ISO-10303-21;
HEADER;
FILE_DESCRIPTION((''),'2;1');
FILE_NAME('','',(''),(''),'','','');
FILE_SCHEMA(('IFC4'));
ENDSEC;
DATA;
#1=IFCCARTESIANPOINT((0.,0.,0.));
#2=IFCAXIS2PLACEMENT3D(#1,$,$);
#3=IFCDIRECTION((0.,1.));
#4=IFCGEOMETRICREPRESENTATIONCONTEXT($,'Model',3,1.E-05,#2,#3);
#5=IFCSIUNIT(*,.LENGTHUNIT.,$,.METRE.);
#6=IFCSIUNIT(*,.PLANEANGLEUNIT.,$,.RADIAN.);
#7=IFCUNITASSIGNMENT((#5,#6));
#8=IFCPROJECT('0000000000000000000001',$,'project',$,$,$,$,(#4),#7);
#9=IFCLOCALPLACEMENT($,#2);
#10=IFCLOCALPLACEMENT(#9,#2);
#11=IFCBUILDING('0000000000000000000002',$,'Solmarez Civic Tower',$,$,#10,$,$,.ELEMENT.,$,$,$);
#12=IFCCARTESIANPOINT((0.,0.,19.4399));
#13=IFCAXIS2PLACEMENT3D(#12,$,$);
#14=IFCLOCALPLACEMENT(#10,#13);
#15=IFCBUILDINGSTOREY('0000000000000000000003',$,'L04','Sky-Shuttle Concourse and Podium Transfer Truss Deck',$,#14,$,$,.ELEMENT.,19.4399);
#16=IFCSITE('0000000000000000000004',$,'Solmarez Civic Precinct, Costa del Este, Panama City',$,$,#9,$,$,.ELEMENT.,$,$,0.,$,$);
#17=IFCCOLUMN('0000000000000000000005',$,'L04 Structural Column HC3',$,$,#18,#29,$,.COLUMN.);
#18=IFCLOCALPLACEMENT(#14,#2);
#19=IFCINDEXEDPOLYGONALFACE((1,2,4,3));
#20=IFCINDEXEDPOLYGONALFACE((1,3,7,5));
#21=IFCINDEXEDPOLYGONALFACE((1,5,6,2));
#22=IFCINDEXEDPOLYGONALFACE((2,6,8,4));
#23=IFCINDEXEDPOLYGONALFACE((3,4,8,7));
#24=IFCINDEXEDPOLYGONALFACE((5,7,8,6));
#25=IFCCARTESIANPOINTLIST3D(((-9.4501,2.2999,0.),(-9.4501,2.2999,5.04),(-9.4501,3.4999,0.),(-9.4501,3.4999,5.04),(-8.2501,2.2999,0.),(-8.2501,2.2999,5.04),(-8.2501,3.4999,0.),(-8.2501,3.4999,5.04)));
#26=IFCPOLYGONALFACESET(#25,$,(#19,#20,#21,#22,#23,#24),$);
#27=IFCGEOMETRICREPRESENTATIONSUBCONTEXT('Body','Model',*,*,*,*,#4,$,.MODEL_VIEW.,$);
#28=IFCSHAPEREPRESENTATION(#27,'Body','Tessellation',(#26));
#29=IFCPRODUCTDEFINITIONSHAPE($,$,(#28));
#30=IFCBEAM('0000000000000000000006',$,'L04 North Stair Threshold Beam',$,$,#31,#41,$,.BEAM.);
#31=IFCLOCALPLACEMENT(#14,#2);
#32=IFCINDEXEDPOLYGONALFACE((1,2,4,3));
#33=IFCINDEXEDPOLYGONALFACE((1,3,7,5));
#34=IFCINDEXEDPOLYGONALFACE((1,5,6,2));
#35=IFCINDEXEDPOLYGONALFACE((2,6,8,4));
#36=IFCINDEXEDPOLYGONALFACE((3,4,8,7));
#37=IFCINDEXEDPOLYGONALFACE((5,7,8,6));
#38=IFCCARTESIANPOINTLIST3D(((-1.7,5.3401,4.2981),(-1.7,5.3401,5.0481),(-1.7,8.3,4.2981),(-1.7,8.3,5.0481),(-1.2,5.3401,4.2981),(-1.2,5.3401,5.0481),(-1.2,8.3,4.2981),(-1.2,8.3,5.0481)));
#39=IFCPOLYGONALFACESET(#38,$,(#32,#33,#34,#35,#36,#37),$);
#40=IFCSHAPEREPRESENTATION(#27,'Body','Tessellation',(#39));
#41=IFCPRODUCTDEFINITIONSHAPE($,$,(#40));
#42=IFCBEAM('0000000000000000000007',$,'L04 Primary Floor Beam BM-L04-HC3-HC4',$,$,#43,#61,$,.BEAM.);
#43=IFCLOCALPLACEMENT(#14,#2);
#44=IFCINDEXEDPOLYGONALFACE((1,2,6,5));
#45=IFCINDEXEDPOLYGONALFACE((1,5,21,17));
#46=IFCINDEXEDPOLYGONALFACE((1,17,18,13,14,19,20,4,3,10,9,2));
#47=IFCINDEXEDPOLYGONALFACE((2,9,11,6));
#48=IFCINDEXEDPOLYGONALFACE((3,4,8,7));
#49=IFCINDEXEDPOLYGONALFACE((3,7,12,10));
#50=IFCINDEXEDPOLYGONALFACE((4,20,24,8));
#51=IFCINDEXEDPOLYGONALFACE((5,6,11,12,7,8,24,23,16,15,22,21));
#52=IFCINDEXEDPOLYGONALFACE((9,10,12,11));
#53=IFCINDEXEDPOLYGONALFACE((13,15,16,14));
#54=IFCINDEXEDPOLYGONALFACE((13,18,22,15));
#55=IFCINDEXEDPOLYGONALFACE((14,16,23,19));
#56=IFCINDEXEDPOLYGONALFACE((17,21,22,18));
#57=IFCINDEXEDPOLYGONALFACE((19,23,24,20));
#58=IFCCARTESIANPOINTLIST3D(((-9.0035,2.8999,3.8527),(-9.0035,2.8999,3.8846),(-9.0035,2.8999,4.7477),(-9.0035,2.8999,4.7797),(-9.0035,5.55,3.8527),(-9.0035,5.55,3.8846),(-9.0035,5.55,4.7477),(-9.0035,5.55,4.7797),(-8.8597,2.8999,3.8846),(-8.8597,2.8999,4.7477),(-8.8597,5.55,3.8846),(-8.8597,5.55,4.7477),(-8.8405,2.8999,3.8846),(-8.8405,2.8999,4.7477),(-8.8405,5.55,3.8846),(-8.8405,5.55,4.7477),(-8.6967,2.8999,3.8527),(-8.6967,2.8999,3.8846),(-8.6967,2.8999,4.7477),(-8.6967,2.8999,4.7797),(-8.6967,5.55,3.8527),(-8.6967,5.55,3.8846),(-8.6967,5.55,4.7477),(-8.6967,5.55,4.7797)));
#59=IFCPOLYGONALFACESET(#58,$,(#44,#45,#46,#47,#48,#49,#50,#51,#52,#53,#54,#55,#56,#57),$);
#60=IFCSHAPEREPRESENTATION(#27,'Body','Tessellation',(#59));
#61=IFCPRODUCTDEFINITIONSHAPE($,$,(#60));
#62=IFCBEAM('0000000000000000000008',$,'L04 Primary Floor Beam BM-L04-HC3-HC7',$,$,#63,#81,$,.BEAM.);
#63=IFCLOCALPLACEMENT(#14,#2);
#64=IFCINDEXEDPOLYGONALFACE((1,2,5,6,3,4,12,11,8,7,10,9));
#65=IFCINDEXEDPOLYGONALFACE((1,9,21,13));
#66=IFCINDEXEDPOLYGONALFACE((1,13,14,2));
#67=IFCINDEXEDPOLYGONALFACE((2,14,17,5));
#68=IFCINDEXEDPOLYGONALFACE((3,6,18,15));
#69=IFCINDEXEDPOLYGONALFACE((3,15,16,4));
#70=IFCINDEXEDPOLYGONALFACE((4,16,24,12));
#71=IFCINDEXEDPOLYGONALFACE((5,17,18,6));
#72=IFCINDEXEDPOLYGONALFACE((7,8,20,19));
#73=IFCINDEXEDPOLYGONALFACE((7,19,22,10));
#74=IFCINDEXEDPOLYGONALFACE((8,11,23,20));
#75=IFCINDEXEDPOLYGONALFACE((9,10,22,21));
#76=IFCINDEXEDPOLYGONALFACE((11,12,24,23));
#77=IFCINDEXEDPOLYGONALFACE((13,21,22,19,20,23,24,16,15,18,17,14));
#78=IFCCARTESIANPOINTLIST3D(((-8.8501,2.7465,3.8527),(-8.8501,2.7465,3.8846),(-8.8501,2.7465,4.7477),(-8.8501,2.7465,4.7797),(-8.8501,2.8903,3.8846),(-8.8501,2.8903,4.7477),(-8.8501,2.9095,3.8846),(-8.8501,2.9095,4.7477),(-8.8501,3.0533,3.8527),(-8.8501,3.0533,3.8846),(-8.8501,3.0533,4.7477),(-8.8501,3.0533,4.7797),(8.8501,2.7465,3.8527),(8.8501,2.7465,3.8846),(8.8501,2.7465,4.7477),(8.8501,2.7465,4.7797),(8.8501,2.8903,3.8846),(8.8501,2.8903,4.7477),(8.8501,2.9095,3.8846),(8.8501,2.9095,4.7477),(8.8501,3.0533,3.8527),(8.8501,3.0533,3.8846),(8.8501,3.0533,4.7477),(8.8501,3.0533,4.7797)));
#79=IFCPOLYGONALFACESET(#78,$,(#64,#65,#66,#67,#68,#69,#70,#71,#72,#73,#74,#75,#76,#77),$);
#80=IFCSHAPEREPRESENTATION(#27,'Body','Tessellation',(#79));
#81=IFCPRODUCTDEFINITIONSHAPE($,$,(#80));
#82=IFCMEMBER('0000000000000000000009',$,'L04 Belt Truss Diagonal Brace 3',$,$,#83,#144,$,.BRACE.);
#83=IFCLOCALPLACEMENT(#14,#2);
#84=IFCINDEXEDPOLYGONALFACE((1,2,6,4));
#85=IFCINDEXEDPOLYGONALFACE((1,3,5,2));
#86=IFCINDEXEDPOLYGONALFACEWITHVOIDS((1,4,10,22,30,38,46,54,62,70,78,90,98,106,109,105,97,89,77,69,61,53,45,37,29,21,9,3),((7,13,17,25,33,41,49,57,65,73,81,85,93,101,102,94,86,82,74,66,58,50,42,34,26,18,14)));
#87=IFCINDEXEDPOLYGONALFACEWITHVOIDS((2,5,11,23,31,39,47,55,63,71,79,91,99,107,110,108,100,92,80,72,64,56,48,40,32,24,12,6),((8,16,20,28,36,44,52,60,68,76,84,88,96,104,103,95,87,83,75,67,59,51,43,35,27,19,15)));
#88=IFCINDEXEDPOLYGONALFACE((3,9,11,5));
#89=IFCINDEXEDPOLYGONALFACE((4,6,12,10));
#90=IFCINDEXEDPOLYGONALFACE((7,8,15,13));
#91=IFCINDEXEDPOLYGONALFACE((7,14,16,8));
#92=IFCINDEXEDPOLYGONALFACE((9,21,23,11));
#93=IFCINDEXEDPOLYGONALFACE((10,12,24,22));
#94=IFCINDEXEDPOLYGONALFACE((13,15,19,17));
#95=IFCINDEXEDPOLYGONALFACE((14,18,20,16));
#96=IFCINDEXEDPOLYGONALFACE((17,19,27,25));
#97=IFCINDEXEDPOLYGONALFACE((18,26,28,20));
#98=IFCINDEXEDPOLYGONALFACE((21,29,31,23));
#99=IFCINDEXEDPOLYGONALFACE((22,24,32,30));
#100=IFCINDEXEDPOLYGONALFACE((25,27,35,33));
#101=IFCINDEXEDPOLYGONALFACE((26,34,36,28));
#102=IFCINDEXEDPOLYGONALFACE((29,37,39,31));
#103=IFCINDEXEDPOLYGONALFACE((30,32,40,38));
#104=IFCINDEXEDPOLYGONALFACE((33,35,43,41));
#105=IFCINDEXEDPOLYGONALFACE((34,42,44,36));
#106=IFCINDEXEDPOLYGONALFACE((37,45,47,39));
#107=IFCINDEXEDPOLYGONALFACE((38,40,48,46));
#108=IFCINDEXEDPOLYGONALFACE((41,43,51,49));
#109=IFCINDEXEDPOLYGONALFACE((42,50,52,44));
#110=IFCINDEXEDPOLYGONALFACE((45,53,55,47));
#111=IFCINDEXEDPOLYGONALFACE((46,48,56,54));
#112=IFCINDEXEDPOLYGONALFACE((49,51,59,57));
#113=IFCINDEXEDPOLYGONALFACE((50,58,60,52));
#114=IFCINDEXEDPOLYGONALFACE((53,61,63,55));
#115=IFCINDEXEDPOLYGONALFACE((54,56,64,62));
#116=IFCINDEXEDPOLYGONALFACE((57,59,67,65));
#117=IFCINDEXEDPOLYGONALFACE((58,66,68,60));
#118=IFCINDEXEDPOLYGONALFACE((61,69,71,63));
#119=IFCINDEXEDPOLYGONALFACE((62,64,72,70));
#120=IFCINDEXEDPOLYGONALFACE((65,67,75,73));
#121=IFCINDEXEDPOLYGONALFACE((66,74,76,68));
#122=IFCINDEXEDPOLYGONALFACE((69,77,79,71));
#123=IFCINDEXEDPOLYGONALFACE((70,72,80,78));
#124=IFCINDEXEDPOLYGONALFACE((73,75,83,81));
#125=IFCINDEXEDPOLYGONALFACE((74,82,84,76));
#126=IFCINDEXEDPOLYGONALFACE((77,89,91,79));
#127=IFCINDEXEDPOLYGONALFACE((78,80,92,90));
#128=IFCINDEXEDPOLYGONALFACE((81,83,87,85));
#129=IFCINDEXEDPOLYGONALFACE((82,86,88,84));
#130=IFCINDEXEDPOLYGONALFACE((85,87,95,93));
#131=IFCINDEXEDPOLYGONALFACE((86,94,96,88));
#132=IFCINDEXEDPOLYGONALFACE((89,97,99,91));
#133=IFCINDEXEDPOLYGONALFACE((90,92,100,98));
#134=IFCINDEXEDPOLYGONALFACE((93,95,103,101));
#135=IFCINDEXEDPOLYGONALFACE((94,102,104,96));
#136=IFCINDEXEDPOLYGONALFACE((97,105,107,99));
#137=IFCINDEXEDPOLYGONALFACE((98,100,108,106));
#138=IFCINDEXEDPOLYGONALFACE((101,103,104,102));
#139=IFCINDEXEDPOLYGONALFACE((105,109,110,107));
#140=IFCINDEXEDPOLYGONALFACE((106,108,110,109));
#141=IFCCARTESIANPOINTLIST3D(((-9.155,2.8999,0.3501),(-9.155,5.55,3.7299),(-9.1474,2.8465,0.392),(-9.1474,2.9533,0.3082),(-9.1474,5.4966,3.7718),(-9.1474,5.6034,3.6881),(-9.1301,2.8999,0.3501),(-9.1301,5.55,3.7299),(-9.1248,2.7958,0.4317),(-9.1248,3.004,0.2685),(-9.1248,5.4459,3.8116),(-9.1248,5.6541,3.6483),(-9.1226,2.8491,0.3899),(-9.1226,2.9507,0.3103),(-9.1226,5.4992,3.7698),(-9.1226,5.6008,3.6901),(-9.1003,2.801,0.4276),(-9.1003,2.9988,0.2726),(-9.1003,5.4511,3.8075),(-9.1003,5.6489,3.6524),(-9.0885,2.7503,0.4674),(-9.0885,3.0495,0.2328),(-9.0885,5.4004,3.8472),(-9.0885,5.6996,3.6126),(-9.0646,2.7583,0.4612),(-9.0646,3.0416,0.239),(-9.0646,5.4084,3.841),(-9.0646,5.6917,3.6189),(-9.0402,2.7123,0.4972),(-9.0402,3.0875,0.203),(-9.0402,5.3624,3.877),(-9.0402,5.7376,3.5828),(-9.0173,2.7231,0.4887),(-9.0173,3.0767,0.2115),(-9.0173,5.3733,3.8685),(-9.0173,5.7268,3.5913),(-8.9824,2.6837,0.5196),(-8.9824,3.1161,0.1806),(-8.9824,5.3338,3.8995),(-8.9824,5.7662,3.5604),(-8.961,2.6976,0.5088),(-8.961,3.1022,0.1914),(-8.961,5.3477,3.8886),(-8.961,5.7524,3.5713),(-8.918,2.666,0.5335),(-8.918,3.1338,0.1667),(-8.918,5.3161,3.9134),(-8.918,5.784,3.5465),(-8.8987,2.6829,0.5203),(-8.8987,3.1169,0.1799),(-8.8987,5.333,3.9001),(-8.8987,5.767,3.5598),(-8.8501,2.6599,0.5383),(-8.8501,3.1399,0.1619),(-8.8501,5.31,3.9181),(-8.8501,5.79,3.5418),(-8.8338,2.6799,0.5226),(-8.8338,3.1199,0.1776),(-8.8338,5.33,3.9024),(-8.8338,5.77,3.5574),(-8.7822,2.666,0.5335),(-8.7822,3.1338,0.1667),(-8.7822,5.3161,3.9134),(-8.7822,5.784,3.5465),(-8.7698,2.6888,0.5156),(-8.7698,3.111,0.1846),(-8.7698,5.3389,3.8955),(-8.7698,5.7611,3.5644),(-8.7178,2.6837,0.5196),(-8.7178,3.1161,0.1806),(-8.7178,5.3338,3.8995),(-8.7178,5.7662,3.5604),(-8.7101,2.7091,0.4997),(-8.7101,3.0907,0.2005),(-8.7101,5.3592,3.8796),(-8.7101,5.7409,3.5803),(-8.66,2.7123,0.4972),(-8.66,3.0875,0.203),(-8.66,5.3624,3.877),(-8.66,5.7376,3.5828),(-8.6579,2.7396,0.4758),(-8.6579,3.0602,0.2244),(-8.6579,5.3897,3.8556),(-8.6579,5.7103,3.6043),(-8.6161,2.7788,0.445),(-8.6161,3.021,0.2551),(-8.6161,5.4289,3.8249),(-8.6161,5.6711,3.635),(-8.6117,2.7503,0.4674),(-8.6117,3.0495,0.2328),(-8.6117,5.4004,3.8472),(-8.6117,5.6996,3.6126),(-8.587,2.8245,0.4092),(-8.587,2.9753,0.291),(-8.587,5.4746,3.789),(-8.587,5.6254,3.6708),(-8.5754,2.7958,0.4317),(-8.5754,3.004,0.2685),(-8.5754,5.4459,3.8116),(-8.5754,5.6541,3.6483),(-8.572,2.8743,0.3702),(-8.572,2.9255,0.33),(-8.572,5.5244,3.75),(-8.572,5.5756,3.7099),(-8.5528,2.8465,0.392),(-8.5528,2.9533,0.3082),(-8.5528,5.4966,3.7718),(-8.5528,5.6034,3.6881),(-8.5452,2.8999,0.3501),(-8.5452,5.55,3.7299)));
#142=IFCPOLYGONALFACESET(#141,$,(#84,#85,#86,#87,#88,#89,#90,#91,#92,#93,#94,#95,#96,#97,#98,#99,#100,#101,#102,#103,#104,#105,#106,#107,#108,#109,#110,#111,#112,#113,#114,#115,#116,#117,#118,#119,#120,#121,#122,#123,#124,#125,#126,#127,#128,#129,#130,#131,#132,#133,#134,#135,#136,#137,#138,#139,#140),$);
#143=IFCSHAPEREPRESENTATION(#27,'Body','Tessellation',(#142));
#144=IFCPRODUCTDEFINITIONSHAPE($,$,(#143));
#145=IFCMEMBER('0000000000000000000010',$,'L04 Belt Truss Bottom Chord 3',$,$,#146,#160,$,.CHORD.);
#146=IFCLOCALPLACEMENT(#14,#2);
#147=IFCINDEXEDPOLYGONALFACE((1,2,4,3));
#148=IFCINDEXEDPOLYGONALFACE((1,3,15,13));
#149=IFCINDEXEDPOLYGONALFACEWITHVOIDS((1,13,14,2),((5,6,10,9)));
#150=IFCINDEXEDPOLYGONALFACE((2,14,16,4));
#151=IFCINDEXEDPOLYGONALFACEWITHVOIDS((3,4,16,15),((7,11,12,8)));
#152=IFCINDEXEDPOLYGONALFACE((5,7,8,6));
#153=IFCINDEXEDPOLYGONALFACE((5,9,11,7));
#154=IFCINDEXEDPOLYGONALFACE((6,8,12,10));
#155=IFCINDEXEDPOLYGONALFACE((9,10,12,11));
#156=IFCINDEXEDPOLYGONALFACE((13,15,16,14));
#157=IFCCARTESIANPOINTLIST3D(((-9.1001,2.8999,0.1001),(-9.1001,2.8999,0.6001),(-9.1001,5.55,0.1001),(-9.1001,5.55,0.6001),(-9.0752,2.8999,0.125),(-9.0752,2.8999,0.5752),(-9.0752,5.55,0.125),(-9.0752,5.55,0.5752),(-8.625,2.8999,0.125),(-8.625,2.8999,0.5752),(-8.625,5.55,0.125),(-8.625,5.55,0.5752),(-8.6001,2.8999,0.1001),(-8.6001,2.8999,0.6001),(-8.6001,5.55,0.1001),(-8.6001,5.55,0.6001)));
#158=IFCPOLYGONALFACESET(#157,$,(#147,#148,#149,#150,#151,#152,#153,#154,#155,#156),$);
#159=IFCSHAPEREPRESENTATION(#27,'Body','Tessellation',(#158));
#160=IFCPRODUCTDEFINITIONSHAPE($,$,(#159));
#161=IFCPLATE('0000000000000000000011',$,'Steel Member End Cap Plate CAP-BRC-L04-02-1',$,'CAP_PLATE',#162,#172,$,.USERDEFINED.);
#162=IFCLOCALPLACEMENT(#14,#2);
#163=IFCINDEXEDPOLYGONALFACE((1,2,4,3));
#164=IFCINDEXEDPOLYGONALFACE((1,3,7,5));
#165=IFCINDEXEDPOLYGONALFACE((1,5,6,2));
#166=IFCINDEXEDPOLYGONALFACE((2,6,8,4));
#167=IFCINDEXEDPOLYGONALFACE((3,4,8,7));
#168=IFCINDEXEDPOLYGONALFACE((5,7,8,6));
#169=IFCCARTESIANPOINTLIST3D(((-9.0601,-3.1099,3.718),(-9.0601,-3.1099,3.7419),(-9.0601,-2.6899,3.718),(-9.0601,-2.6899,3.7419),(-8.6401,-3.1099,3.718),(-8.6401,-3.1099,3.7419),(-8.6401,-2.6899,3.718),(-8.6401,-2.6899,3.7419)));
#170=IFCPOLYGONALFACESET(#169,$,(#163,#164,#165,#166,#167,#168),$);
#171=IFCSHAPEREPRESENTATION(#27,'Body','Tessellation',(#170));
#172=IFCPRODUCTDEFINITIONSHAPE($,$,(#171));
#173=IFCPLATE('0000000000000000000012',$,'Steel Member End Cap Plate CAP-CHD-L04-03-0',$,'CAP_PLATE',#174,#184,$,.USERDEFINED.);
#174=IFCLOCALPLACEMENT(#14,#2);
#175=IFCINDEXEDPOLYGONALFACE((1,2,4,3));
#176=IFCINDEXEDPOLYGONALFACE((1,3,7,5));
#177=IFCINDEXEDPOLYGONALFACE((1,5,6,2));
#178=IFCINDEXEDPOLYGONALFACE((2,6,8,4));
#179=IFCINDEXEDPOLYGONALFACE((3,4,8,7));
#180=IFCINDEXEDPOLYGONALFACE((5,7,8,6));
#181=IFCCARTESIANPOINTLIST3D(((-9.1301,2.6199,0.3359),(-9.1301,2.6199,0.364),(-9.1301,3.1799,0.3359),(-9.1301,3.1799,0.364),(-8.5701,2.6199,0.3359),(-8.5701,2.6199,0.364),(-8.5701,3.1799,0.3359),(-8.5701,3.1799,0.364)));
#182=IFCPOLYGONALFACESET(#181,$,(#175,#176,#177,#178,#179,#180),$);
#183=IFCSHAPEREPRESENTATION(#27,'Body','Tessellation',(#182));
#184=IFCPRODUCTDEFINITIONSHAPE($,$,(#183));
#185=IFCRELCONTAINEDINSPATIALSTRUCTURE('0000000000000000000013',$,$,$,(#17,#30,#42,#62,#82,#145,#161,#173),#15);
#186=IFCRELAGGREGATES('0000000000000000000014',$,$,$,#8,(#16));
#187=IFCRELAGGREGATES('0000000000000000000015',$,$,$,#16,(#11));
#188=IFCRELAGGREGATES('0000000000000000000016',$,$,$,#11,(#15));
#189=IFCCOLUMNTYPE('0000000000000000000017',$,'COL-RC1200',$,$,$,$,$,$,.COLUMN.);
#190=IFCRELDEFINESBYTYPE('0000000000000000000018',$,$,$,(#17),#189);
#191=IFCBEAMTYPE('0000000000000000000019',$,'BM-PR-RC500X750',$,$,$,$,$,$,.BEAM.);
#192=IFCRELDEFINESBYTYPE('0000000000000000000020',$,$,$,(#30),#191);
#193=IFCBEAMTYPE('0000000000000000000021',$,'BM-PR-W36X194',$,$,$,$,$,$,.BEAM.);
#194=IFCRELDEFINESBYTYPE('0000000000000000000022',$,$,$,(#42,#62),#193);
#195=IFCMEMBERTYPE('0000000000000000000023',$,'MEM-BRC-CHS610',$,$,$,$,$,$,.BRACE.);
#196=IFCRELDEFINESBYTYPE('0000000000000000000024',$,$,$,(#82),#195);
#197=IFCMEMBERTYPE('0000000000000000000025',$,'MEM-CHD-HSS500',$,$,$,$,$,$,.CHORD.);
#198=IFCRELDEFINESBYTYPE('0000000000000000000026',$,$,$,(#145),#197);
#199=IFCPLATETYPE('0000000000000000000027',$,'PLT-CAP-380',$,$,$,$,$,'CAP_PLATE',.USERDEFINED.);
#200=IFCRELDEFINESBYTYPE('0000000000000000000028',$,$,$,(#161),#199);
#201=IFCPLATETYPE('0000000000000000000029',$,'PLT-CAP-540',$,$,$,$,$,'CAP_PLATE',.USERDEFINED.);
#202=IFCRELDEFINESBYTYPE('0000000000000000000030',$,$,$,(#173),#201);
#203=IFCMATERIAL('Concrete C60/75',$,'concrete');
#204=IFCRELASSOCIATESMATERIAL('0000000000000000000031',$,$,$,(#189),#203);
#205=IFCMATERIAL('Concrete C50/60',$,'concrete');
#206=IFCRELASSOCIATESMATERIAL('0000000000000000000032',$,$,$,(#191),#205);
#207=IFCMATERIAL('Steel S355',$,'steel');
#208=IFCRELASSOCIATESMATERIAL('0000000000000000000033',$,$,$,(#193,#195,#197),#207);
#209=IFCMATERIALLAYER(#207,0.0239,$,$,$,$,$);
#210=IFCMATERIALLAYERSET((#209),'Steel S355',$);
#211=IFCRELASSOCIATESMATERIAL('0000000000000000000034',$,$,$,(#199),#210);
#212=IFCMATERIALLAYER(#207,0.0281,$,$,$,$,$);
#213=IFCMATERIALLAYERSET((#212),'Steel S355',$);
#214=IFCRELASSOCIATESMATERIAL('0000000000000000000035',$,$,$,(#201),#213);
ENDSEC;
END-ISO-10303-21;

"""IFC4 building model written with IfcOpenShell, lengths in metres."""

from ifc_helpers import new_model, si_unit, direction, frame, origin, origin_2d, place, context, subcontext, project, spatial, rectangle, hollow_rectangle, hollow_circle, i_section, extrude, material, layer, layer_set, material_profile, profile_set, type_object, element, save


model = new_model("IFC4")

# Units and contexts
model_context = context("Model", 3, precision=1e-05, world=origin(), true_north=direction((0.0, 1.0)))
body_context = subcontext(model_context, "Body", "Model", "MODEL_VIEW")
ifc_project = project(units=[si_unit("LENGTHUNIT", "METRE"), si_unit("PLANEANGLEUNIT", "RADIAN")], contexts=[model_context])

# Site, building, storey
site_placement = place(None, origin())
site = spatial("IfcSite", under=ifc_project, at=site_placement, Name="Solmarez Civic Precinct, Costa del Este, Panama City", CompositionType="ELEMENT", RefElevation=0.0)
building_placement = place(site_placement, origin())
building = spatial("IfcBuilding", under=site, at=building_placement, Name="Solmarez Civic Tower", CompositionType="ELEMENT")
storey_placement = place(building_placement, frame((0.0, 0.0, 19.4399)))
storey = spatial("IfcBuildingStorey", under=building, at=storey_placement, Name="L04", Description="Sky-Shuttle Concourse and Podium Transfer Truss Deck", CompositionType="ELEMENT", Elevation=19.4399)

# Column
ifc_material_1 = material(Name="Concrete C60/75", Category="concrete")
ifc_material_profile_1 = material_profile(ifc_material_1, rectangle(XDim=1.2, YDim=1.2, at=origin_2d()), Name="RC1200X1200")
ifc_profile_set_1 = profile_set([ifc_material_profile_1], Name="Concrete C60/75")
column_type = type_object("IfcColumnType", Name="COL-RC1200", PredefinedType="COLUMN", material=ifc_profile_set_1)
column_placement = place(storey_placement, frame((-8.8501, 2.8999, 0.0), z_axis=(0.0, 0.0, 1.0), x_axis=(1.0, 0.0, 0.0)))
element("IfcColumn", 1, at=column_placement, inside=storey, type_object=column_type, Name="L04 Structural Column HC3", PredefinedType="COLUMN", context=body_context, shape_type="SweptSolid", body=[
    extrude(rectangle(XDim=1.2, YDim=1.2, at=origin_2d()), origin(), (0.0, 0.0, 1.0), 5.04),
])

# Beams
ifc_material_2 = material(Name="Concrete C50/60", Category="concrete")
ifc_material_profile_2 = material_profile(ifc_material_2, rectangle(XDim=0.5, YDim=0.75, at=origin_2d()), Name="RC500X750")
ifc_profile_set_2 = profile_set([ifc_material_profile_2], Name="Concrete C50/60")
beam_type_1 = type_object("IfcBeamType", Name="BM-PR-RC500X750", PredefinedType="BEAM", material=ifc_profile_set_2)
beam_1_placement = place(storey_placement, frame((-1.45, 5.3401, 4.6731), z_axis=(0.0, 1.0, 0.0), x_axis=(-1.0, 0.0, 0.0)))
element("IfcBeam", 2, at=beam_1_placement, inside=storey, type_object=beam_type_1, Name="L04 North Stair Threshold Beam", PredefinedType="BEAM", context=body_context, shape_type="SweptSolid", body=[
    extrude(rectangle(XDim=0.5, YDim=0.75, at=origin_2d()), origin(), (0.0, 0.0, 1.0), 2.96),
])
ifc_material_3 = material(Name="Steel S355", Category="steel")
ifc_material_profile_3 = material_profile(ifc_material_3, i_section(OverallWidth=0.3069, OverallDepth=0.927, WebThickness=0.0193, FlangeThickness=0.032, at=origin_2d()), Name="W36X194")
ifc_profile_set_3 = profile_set([ifc_material_profile_3], Name="Steel S355")
beam_type_2 = type_object("IfcBeamType", Name="BM-PR-W36X194", PredefinedType="BEAM", material=ifc_profile_set_3)
beam_2_placement = place(storey_placement, frame((-8.8501, 2.8999, 4.3162), z_axis=(0.0, 1.0, 0.0), x_axis=(-1.0, 0.0, 0.0)))
element("IfcBeam", 3, at=beam_2_placement, inside=storey, type_object=beam_type_2, Name="L04 Primary Floor Beam BM-L04-HC3-HC4", PredefinedType="BEAM", context=body_context, shape_type="SweptSolid", body=[
    extrude(i_section(OverallWidth=0.3069, OverallDepth=0.927, WebThickness=0.0193, FlangeThickness=0.032, at=origin_2d()), origin(), (0.0, 0.0, 1.0), 2.6501),
])
beam_3_placement = place(storey_placement, frame((-8.8501, 2.8999, 4.3162), z_axis=(1.0, 0.0, 0.0), x_axis=(0.0, 1.0, 0.0)))
element("IfcBeam", 4, at=beam_3_placement, inside=storey, type_object=beam_type_2, Name="L04 Primary Floor Beam BM-L04-HC3-HC7", PredefinedType="BEAM", context=body_context, shape_type="SweptSolid", body=[
    extrude(i_section(OverallWidth=0.3069, OverallDepth=0.927, WebThickness=0.0193, FlangeThickness=0.032, at=origin_2d()), origin(), (0.0, 0.0, 1.0), 17.7002),
])

# Members
ifc_material_profile_4 = material_profile(ifc_material_3, hollow_circle(Radius=0.3049, WallThickness=0.0249, at=origin_2d()), Name="CHS610X25")
ifc_profile_set_4 = profile_set([ifc_material_profile_4], Name="Steel S355")
member_type_1 = type_object("IfcMemberType", Name="MEM-BRC-CHS610", PredefinedType="BRACE", material=ifc_profile_set_4)
member_1_placement = place(storey_placement, frame((-8.8501, 2.8999, 0.3501), z_axis=(0.0, 0.617033, 0.786937), x_axis=(-1.0, 0.0, 0.0)))
element("IfcMember", 5, at=member_1_placement, inside=storey, type_object=member_type_1, Name="L04 Belt Truss Diagonal Brace 3", PredefinedType="BRACE", context=body_context, shape_type="SweptSolid", body=[
    extrude(hollow_circle(Radius=0.3049, WallThickness=0.0249, at=origin_2d()), origin(), (0.0, 0.0, 1.0), 4.2949),
])
ifc_material_profile_5 = material_profile(ifc_material_3, hollow_rectangle(XDim=0.5, YDim=0.5, WallThickness=0.0249, at=origin_2d()), Name="HSS500X500X25")
ifc_profile_set_5 = profile_set([ifc_material_profile_5], Name="Steel S355")
member_type_2 = type_object("IfcMemberType", Name="MEM-CHD-HSS500", PredefinedType="CHORD", material=ifc_profile_set_5)
member_2_placement = place(storey_placement, frame((-8.8501, 2.8999, 0.3501), z_axis=(0.0, 1.0, 0.0), x_axis=(-1.0, 0.0, 0.0)))
element("IfcMember", 6, at=member_2_placement, inside=storey, type_object=member_type_2, Name="L04 Belt Truss Bottom Chord 3", PredefinedType="CHORD", context=body_context, shape_type="SweptSolid", body=[
    extrude(hollow_rectangle(XDim=0.5, YDim=0.5, WallThickness=0.0249, at=origin_2d()), origin(), (0.0, 0.0, 1.0), 2.6501),
])

# Plates
ifc_layer_1 = layer(ifc_material_3, 0.0239)
ifc_layer_set_1 = layer_set([ifc_layer_1], Name="Steel S355")
plate_type_1 = type_object("IfcPlateType", Name="PLT-CAP-380", ElementType="CAP_PLATE", PredefinedType="USERDEFINED", material=ifc_layer_set_1)
plate_1_placement = place(storey_placement, frame((-8.8501, -2.8999, 3.718), z_axis=(0.0, 0.0, 1.0), x_axis=(1.0, 0.0, 0.0)))
element("IfcPlate", 7, at=plate_1_placement, inside=storey, type_object=plate_type_1, Name="Steel Member End Cap Plate CAP-BRC-L04-02-1", ObjectType="CAP_PLATE", PredefinedType="USERDEFINED", context=body_context, shape_type="SweptSolid", body=[
    extrude(rectangle(XDim=0.4199, YDim=0.4199, at=origin_2d()), origin(), (0.0, 0.0, 1.0), 0.0239),
])
ifc_layer_2 = layer(ifc_material_3, 0.0281)
ifc_layer_set_2 = layer_set([ifc_layer_2], Name="Steel S355")
plate_type_2 = type_object("IfcPlateType", Name="PLT-CAP-540", ElementType="CAP_PLATE", PredefinedType="USERDEFINED", material=ifc_layer_set_2)
plate_2_placement = place(storey_placement, frame((-8.8501, 2.8999, 0.3359), z_axis=(0.0, 0.0, 1.0), x_axis=(1.0, 0.0, 0.0)))
element("IfcPlate", 8, at=plate_2_placement, inside=storey, type_object=plate_type_2, Name="Steel Member End Cap Plate CAP-CHD-L04-03-0", ObjectType="CAP_PLATE", PredefinedType="USERDEFINED", context=body_context, shape_type="SweptSolid", body=[
    extrude(rectangle(XDim=0.5601, YDim=0.5601, at=origin_2d()), origin(), (0.0, 0.0, 1.0), 0.0281),
])

save(model, "model.ifc")
